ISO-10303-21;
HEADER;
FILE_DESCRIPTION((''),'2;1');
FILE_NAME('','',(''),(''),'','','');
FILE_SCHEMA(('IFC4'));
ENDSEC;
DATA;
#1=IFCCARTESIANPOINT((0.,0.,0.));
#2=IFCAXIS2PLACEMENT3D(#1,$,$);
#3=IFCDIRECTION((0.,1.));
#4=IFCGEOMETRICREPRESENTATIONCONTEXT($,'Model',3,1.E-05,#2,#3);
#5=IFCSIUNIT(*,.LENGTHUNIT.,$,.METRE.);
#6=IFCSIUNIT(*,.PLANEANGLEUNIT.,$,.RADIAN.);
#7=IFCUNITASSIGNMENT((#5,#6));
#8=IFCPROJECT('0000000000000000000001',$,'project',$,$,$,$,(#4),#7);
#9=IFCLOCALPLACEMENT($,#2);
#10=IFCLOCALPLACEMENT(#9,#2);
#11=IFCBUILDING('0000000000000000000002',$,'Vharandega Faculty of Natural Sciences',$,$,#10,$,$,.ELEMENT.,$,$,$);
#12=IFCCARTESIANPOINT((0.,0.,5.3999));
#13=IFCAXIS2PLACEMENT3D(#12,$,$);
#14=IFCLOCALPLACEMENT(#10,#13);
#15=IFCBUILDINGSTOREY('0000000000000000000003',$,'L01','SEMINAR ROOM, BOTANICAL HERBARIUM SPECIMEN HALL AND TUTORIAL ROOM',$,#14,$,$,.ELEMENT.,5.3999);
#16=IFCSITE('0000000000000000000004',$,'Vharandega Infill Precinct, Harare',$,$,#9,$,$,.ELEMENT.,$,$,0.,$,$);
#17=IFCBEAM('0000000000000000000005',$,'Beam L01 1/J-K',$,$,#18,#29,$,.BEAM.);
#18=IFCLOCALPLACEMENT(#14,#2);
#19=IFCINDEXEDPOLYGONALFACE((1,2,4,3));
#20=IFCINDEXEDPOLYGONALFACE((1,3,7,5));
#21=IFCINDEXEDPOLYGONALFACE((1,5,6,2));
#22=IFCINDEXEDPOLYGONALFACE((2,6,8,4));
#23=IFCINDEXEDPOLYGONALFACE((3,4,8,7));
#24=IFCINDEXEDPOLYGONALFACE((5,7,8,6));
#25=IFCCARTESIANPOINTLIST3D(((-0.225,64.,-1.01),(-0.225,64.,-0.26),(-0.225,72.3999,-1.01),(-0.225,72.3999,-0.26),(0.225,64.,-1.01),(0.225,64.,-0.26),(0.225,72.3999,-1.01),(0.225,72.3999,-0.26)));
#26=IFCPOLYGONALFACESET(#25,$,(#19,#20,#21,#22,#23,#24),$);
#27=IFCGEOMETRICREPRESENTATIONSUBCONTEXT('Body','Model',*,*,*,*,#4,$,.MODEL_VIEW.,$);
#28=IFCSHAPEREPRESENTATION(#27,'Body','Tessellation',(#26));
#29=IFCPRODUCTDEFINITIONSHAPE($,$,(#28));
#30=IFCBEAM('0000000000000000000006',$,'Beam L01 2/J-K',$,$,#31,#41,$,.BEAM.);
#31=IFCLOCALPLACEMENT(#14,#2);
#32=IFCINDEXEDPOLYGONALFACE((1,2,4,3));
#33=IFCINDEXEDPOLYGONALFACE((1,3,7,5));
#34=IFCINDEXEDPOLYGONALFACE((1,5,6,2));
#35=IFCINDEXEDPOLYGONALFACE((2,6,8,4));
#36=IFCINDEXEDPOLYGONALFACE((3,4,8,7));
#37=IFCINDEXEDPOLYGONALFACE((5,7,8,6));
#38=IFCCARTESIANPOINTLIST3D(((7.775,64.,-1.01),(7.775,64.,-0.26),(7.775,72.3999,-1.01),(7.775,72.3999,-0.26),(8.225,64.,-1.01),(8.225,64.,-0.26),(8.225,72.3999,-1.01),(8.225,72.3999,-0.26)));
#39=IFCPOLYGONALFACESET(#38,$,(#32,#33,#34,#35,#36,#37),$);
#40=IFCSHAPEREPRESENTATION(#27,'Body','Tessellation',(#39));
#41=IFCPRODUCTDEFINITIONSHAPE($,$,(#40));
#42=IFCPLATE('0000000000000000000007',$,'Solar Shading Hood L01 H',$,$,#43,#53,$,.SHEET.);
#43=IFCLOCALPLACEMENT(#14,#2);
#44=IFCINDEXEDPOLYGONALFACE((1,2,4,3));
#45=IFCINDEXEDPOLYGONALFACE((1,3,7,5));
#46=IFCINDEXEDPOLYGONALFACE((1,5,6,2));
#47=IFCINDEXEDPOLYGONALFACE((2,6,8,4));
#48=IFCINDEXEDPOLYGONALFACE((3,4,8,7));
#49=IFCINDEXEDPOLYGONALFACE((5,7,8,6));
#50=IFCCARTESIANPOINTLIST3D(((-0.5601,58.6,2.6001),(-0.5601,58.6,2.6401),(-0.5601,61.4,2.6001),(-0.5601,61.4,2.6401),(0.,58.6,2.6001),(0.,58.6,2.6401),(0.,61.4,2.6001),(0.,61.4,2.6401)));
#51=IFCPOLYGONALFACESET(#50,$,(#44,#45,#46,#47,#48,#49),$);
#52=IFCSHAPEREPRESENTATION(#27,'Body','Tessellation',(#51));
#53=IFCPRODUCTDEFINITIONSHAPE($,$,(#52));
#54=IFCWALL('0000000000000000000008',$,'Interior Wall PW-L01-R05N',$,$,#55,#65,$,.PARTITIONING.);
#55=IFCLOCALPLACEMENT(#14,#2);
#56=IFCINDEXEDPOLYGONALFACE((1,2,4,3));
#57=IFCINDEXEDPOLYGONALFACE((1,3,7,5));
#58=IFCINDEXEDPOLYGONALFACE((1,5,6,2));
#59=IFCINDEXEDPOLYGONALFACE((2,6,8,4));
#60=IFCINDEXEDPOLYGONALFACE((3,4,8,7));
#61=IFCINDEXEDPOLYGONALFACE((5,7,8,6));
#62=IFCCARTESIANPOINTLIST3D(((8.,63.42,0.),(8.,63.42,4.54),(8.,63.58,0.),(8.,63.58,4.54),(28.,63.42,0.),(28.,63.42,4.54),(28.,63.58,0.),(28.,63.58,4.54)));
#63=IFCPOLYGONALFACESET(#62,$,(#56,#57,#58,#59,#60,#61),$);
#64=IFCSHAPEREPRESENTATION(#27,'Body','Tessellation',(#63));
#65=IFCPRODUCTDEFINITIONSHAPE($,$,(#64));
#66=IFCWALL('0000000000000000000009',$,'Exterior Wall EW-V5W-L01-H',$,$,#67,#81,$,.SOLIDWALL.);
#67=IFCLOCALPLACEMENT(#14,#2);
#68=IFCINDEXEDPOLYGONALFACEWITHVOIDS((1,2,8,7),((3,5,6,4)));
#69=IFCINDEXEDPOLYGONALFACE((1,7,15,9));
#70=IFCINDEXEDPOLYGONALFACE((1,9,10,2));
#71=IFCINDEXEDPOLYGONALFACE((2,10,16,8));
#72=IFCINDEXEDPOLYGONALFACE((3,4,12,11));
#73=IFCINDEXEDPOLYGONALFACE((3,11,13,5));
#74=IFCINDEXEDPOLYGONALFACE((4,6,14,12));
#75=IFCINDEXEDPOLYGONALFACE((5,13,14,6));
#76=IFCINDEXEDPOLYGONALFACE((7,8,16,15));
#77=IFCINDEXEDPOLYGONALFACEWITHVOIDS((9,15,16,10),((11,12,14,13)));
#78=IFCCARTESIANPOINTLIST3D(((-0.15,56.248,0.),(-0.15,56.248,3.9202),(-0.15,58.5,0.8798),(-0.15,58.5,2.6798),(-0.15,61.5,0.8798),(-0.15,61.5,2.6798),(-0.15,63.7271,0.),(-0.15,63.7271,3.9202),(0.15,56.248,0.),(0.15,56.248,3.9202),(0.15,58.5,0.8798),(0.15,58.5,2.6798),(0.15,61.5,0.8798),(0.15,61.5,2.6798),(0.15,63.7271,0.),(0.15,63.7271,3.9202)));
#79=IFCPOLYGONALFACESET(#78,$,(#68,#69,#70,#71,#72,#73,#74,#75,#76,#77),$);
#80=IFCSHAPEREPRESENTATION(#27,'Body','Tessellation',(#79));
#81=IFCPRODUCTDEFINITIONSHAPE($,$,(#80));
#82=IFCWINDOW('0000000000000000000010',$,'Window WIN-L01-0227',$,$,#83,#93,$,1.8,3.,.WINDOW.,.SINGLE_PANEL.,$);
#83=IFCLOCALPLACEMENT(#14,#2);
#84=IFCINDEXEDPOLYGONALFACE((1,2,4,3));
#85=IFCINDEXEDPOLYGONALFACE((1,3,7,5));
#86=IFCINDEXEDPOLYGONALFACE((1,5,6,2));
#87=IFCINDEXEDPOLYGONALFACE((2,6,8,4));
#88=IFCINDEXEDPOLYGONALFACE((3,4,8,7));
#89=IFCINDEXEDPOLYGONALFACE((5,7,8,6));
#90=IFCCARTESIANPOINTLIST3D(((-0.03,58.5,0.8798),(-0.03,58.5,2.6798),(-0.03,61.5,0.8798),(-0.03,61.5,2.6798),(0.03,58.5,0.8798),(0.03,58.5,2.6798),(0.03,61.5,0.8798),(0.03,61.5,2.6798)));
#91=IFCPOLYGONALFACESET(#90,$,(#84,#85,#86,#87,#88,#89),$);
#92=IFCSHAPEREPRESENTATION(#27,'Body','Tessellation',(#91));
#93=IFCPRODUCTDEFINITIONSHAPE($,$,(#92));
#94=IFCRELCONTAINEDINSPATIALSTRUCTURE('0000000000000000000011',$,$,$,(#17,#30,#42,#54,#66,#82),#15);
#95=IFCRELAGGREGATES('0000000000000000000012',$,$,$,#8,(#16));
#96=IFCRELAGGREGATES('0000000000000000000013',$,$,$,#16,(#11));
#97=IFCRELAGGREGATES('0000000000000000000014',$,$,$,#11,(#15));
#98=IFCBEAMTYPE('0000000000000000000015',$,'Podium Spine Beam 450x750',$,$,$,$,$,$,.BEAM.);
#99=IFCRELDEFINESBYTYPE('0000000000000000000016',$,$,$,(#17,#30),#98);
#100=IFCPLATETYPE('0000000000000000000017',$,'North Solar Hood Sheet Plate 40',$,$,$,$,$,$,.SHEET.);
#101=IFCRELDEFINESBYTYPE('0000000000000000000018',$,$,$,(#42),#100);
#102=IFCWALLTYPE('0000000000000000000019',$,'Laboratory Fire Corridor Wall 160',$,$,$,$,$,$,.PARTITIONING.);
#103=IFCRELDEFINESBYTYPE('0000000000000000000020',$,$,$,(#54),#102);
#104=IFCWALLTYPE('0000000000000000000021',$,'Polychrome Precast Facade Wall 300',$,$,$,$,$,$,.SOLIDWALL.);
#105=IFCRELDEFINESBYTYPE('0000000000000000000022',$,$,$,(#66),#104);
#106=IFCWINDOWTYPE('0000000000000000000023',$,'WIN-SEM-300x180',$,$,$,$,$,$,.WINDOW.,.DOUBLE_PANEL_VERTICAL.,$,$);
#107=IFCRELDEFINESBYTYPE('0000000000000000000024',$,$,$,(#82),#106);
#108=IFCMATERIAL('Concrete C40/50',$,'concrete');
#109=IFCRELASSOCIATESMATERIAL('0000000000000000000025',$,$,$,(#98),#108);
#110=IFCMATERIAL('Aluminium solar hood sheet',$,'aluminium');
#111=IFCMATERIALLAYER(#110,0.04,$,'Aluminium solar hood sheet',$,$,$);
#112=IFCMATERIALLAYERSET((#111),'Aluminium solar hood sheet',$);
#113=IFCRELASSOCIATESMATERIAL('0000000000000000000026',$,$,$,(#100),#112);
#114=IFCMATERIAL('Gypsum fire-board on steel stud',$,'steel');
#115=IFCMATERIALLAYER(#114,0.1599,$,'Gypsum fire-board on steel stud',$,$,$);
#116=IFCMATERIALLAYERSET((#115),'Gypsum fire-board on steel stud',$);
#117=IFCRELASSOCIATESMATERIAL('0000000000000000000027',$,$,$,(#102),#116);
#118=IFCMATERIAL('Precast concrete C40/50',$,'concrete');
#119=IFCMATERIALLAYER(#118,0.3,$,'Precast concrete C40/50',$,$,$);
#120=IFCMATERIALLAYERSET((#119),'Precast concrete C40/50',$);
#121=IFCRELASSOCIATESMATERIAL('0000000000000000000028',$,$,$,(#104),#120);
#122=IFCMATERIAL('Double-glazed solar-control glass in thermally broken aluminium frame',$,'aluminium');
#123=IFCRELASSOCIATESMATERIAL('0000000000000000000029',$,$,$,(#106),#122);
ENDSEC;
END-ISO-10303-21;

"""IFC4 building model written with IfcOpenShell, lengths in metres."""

from ifc_helpers import new_model, si_unit, direction, frame, frame_2d, origin, origin_2d, place, context, subcontext, project, spatial, rectangle, extrude, material, layer, layer_set, material_profile, profile_set, type_object, element, fill, save


model = new_model("IFC4")

# Units and contexts
model_context = context("Model", 3, precision=1e-05, world=origin(), true_north=direction((0.0, 1.0)))
body_context = subcontext(model_context, "Body", "Model", "MODEL_VIEW")
ifc_project = project(units=[si_unit("LENGTHUNIT", "METRE"), si_unit("PLANEANGLEUNIT", "RADIAN")], contexts=[model_context])

# Site, building, storey
site_placement = place(None, origin())
site = spatial("IfcSite", under=ifc_project, at=site_placement, Name="Vharandega Infill Precinct, Harare", CompositionType="ELEMENT", RefElevation=0.0)
building_placement = place(site_placement, origin())
building = spatial("IfcBuilding", under=site, at=building_placement, Name="Vharandega Faculty of Natural Sciences", CompositionType="ELEMENT")
storey_placement = place(building_placement, frame((0.0, 0.0, 5.3999)))
storey = spatial("IfcBuildingStorey", under=building, at=storey_placement, Name="L01", Description="SEMINAR ROOM, BOTANICAL HERBARIUM SPECIMEN HALL AND TUTORIAL ROOM", CompositionType="ELEMENT", Elevation=5.3999)

# Beams
ifc_material_1 = material(Name="Concrete C40/50", Category="concrete")
ifc_material_profile_1 = material_profile(ifc_material_1, rectangle(XDim=0.45, YDim=0.75, at=origin_2d()), Name="RC 450x750")
ifc_profile_set_1 = profile_set([ifc_material_profile_1], Name="Concrete C40/50")
beam_type_1 = type_object("IfcBeamType", Name="Podium Spine Beam 450x750", PredefinedType="BEAM", material=ifc_profile_set_1)
for number, where, z_axis, x_axis, name in (
    (1, (0.0, 64.0, -0.635), (0.0, 1.0, 0.0), (-1.0, 0.0, 0.0), "Beam L01 1/J-K"),
    (2, (8.0, 64.0, -0.635), (0.0, 1.0, 0.0), (-1.0, 0.0, 0.0), "Beam L01 2/J-K"),
):
    element("IfcBeam", number, at=place(storey_placement, frame(where, z_axis=z_axis, x_axis=x_axis)), inside=storey, type_object=beam_type_1, Name=name, PredefinedType="BEAM", context=body_context, shape_type="SweptSolid", body=[
        extrude(rectangle(XDim=0.45, YDim=0.75, at=origin_2d()), origin(), (0.0, 0.0, 1.0), 8.3999),
    ])

# Plate
ifc_material_2 = material(Name="Aluminium solar hood sheet", Category="aluminium")
ifc_layer_1 = layer(ifc_material_2, 0.04, Name="Aluminium solar hood sheet")
ifc_layer_set_1 = layer_set([ifc_layer_1], Name="Aluminium solar hood sheet")
plate_type = type_object("IfcPlateType", Name="North Solar Hood Sheet Plate 40", PredefinedType="SHEET", material=ifc_layer_set_1)
plate_placement = place(storey_placement, frame((-0.28, 60.0, 2.6001), z_axis=(0.0, 0.0, 1.0), x_axis=(1.0, 0.0, 0.0)))
element("IfcPlate", 3, at=plate_placement, inside=storey, type_object=plate_type, Name="Solar Shading Hood L01 H", PredefinedType="SHEET", context=body_context, shape_type="SweptSolid", body=[
    extrude(rectangle(XDim=0.5601, YDim=2.8, at=origin_2d()), origin(), (0.0, 0.0, 1.0), 0.04),
])

# Wall
ifc_material_3 = material(Name="Gypsum fire-board on steel stud", Category="steel")
ifc_layer_2 = layer(ifc_material_3, 0.1599, Name="Gypsum fire-board on steel stud")
ifc_layer_set_2 = layer_set([ifc_layer_2], Name="Gypsum fire-board on steel stud")
wall_type_1 = type_object("IfcWallType", Name="Laboratory Fire Corridor Wall 160", PredefinedType="PARTITIONING", material=ifc_layer_set_2)
wall_1_placement = place(storey_placement, frame((8.0, 63.5, 0.0), z_axis=(0.0, 0.0, 1.0), x_axis=(1.0, 0.0, 0.0)))
element("IfcWall", 4, at=wall_1_placement, inside=storey, type_object=wall_type_1, Name="Interior Wall PW-L01-R05N", PredefinedType="PARTITIONING", context=body_context, shape_type="SweptSolid", body=[
    extrude(rectangle(XDim=20.0, YDim=0.1599, at=frame_2d((10.0, 0.0))), origin(), (0.0, 0.0, 1.0), 4.54),
])

# Wall, opening, window
ifc_material_4 = material(Name="Precast concrete C40/50", Category="concrete")
ifc_layer_3 = layer(ifc_material_4, 0.3, Name="Precast concrete C40/50")
ifc_layer_set_3 = layer_set([ifc_layer_3], Name="Precast concrete C40/50")
wall_type_2 = type_object("IfcWallType", Name="Polychrome Precast Facade Wall 300", PredefinedType="SOLIDWALL", material=ifc_layer_set_3)
wall_2_placement = place(storey_placement, frame((0.0, 56.248, 0.0), z_axis=(0.0, 0.0, 1.0), x_axis=(0.0, 1.0, 0.0)))
wall_2 = element("IfcWall", 5, at=wall_2_placement, inside=storey, type_object=wall_type_2, Name="Exterior Wall EW-V5W-L01-H", PredefinedType="SOLIDWALL", context=body_context, shape_type="SweptSolid", body=[
    extrude(rectangle(XDim=7.479, YDim=0.3, at=frame_2d((3.7395, 0.0))), origin(), (0.0, 0.0, 1.0), 3.9202),
])
opening_placement = place(wall_2_placement, frame((2.252, 0.0, 0.8799)))
opening = element("IfcOpeningElement", 6, at=opening_placement, cuts=wall_2, PredefinedType="OPENING", context=body_context, shape_type="SweptSolid", body=[
    extrude(rectangle(XDim=3.0, YDim=1.8, at=frame_2d((1.5, 0.8999))), frame((0.0, 0.1602, 0.0), z_axis=(0.0, -1.0, 0.0), x_axis=(1.0, 0.0, 0.0)), (0.0, 0.0, 1.0), 0.3201),
])
ifc_material_5 = material(Name="Double-glazed solar-control glass in thermally broken aluminium frame", Category="aluminium")
window_type = type_object("IfcWindowType", Name="WIN-SEM-300x180", PartitioningType="DOUBLE_PANEL_VERTICAL", PredefinedType="WINDOW", material=ifc_material_5)
window_placement = place(opening_placement, origin())
window = element("IfcWindow", 7, at=window_placement, inside=storey, type_object=window_type, Name="Window WIN-L01-0227", OverallHeight=1.8, OverallWidth=3.0, PartitioningType="SINGLE_PANEL", PredefinedType="WINDOW", context=body_context, shape_type="SweptSolid", body=[
    extrude(rectangle(XDim=3.0, YDim=1.8, at=frame_2d((1.5, 0.8999))), frame((0.0, 0.03, 0.0), z_axis=(0.0, -1.0, 0.0), x_axis=(1.0, 0.0, 0.0)), (0.0, 0.0, 1.0), 0.0601),
])
fill(opening, window)

save(model, "model.ifc")
